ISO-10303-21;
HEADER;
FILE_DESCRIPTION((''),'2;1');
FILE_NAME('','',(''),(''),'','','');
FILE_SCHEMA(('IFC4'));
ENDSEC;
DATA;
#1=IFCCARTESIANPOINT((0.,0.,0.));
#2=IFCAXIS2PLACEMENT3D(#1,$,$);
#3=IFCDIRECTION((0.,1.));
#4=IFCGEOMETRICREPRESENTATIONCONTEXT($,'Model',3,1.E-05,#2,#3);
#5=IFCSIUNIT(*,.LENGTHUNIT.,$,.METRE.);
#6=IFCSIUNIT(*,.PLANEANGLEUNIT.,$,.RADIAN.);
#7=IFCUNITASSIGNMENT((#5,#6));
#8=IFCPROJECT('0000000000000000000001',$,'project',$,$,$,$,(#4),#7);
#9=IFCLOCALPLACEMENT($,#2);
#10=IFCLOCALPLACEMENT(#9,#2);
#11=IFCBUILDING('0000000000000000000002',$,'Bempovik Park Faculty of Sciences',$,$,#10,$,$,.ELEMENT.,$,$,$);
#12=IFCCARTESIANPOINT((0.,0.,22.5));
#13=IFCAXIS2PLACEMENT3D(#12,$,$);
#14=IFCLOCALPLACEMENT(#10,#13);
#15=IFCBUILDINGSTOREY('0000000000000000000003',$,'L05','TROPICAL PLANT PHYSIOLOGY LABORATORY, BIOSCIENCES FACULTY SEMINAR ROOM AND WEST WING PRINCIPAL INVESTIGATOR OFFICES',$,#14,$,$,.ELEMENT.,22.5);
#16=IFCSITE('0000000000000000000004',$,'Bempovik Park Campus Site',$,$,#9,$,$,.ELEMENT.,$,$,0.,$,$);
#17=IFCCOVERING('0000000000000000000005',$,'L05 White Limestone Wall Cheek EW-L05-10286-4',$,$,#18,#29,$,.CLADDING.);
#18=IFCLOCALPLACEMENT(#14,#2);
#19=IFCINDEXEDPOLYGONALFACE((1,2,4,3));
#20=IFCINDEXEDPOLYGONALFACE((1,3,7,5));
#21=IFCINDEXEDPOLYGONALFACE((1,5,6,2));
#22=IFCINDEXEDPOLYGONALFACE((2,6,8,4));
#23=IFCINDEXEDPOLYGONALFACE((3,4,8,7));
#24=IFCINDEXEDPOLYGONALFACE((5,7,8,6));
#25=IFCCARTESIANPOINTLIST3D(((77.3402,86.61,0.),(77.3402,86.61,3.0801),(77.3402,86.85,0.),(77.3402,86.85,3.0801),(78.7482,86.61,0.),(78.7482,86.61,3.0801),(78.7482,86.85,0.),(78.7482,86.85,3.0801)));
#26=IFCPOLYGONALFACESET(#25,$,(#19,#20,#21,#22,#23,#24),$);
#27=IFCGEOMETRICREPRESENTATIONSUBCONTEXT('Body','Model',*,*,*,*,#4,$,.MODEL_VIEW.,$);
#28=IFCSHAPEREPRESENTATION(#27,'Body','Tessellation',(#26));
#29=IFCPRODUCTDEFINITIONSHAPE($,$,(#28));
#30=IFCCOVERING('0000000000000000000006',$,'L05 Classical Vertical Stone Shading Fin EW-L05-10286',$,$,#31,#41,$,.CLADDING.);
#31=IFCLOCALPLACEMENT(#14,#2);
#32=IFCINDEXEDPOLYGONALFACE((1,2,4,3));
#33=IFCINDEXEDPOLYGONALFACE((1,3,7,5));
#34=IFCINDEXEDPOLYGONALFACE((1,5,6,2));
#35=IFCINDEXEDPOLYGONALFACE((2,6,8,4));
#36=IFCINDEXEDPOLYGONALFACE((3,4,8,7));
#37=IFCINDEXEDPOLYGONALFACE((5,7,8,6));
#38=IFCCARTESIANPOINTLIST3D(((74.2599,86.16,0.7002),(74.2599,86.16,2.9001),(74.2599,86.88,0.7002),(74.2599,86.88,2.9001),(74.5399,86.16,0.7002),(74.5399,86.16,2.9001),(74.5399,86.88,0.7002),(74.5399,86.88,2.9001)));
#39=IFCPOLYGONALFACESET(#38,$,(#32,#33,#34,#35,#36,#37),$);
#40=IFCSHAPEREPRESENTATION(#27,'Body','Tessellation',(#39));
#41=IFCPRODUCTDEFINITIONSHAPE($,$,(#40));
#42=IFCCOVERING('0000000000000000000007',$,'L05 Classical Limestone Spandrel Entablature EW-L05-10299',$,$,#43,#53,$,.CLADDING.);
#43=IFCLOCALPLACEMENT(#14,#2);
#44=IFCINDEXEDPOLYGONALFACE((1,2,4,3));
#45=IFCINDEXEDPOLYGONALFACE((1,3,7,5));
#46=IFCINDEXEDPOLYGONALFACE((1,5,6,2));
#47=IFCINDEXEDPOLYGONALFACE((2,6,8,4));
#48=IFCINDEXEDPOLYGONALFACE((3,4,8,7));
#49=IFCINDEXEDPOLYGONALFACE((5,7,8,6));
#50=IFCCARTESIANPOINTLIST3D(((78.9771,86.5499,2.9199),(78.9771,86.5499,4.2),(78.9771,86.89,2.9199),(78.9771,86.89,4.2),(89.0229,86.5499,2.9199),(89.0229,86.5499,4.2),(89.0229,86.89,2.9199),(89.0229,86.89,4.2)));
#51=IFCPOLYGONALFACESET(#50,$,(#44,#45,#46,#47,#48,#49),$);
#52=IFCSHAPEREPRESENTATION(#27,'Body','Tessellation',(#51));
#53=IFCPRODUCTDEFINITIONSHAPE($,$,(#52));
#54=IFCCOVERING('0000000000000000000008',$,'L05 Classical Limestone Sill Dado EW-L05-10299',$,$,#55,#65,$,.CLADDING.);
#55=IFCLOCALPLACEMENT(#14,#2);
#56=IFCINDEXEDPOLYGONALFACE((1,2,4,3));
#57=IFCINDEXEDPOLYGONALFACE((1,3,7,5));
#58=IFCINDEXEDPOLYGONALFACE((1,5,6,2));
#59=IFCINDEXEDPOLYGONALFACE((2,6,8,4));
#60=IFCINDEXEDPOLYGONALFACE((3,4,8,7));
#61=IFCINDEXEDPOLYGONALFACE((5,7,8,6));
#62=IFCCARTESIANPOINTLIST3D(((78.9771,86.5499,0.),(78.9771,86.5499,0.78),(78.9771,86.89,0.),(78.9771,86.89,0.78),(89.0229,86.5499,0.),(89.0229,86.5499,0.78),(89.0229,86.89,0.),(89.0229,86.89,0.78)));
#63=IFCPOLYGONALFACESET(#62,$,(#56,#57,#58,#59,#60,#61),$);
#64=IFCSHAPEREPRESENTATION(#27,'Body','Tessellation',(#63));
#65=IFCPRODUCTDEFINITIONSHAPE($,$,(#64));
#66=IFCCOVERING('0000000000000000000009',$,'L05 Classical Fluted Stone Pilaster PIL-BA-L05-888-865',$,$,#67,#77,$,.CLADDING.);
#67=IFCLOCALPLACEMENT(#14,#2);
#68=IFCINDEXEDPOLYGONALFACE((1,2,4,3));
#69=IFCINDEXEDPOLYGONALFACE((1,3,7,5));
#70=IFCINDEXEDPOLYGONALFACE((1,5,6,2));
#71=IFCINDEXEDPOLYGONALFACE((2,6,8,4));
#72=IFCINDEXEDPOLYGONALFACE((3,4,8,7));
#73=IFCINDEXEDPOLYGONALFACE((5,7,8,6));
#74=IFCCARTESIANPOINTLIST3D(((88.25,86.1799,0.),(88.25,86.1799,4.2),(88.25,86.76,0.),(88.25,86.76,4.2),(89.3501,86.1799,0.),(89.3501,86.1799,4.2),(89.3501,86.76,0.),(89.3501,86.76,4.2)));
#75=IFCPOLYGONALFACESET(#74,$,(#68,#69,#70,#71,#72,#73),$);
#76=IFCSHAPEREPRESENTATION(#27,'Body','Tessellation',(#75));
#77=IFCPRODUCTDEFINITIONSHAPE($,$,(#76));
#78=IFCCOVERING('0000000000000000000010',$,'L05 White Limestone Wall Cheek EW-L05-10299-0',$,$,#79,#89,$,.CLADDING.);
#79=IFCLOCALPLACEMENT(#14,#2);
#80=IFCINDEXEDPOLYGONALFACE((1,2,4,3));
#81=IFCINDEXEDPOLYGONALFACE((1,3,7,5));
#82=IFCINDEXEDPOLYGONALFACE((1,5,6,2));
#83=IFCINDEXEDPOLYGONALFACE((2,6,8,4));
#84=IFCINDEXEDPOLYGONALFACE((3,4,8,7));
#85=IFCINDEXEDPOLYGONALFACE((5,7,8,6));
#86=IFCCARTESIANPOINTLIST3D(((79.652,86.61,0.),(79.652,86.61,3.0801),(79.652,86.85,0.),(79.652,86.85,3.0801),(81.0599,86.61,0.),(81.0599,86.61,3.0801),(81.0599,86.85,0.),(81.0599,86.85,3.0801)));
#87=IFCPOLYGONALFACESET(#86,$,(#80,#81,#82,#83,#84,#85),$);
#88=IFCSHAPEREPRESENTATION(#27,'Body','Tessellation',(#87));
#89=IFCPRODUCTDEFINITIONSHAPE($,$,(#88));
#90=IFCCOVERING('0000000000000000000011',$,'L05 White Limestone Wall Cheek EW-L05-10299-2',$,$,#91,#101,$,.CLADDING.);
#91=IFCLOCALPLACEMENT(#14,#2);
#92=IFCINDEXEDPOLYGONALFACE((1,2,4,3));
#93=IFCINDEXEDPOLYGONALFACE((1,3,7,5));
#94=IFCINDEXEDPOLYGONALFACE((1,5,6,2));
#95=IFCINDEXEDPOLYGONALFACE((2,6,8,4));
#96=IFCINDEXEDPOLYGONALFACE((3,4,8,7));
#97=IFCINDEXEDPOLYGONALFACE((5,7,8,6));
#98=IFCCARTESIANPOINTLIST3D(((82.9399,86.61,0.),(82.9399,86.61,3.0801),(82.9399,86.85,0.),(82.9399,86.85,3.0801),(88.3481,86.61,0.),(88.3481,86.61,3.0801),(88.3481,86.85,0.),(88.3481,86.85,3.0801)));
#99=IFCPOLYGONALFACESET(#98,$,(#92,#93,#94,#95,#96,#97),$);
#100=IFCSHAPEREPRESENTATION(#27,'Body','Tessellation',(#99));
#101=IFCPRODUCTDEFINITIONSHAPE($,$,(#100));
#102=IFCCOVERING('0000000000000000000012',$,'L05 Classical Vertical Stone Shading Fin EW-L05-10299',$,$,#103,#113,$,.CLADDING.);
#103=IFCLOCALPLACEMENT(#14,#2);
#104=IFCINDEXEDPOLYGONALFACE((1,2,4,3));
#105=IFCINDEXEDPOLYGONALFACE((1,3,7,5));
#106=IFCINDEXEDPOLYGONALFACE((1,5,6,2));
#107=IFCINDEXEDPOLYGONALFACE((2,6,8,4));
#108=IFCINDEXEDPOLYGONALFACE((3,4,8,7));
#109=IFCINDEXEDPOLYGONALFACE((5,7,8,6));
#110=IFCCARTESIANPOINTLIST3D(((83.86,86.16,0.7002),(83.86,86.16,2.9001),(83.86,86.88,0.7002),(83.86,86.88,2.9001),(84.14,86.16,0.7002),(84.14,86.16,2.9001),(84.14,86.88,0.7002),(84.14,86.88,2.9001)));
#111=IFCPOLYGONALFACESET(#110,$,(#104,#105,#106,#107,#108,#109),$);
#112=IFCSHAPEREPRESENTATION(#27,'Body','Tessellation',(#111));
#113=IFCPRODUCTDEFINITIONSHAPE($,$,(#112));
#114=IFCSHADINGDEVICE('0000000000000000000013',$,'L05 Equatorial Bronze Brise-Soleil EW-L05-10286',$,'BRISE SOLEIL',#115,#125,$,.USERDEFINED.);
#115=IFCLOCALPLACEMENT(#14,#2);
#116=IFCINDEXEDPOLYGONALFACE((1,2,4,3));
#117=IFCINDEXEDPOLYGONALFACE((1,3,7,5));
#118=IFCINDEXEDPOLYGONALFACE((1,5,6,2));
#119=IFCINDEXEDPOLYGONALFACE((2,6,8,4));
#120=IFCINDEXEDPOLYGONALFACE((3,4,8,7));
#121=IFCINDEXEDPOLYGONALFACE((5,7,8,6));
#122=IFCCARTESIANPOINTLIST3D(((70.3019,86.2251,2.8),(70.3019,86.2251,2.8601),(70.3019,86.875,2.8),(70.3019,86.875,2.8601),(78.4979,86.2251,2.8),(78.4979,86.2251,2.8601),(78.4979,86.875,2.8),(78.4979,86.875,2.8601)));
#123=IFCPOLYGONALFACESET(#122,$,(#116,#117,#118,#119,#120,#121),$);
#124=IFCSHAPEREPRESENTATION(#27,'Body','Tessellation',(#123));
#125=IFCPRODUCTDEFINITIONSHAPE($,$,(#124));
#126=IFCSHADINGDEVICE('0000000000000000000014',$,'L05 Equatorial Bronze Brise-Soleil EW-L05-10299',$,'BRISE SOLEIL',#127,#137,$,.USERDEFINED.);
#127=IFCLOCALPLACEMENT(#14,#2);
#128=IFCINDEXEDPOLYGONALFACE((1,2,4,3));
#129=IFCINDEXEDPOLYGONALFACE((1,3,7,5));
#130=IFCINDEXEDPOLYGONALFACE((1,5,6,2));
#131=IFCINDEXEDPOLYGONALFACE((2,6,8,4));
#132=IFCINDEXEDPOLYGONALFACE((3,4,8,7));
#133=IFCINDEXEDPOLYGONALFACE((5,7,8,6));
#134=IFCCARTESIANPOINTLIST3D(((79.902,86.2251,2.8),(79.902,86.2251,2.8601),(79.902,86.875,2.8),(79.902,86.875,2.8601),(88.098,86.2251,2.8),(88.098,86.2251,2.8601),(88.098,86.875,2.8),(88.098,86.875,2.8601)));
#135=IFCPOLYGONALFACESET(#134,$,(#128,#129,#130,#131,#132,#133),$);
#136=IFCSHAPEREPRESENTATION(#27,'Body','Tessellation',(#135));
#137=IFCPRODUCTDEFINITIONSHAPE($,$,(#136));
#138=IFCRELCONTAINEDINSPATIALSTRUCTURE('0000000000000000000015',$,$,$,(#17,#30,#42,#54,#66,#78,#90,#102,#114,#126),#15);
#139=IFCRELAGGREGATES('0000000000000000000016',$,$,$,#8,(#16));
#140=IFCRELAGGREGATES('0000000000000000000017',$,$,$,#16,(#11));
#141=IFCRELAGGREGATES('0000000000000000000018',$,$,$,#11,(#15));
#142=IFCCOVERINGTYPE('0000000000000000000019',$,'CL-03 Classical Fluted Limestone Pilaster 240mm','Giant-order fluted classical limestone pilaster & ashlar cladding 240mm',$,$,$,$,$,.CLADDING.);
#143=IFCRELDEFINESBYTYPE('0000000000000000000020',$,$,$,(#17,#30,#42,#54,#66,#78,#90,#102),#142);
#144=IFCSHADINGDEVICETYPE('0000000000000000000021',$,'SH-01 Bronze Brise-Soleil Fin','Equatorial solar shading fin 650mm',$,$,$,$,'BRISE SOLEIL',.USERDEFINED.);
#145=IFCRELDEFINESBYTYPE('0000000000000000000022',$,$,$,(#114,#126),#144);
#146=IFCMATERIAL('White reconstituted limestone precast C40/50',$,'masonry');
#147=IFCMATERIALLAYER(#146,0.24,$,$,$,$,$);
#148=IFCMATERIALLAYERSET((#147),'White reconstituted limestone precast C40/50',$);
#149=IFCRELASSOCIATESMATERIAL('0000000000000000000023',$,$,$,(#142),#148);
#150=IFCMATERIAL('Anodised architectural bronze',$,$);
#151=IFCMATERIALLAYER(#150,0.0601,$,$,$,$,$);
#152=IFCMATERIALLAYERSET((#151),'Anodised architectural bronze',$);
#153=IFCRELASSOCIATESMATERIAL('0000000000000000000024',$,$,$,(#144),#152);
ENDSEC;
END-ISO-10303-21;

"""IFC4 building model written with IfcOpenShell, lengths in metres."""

from ifc_helpers import new_model, si_unit, direction, frame, origin, origin_2d, place, context, subcontext, project, spatial, rectangle, extrude, material, layer, layer_set, type_object, element, save


model = new_model("IFC4")

# Units and contexts
model_context = context("Model", 3, precision=1e-05, world=origin(), true_north=direction((0.0, 1.0)))
body_context = subcontext(model_context, "Body", "Model", "MODEL_VIEW")
ifc_project = project(units=[si_unit("LENGTHUNIT", "METRE"), si_unit("PLANEANGLEUNIT", "RADIAN")], contexts=[model_context])

# Site, building, storey
site_placement = place(None, origin())
site = spatial("IfcSite", under=ifc_project, at=site_placement, Name="Bempovik Park Campus Site", CompositionType="ELEMENT", RefElevation=0.0)
building_placement = place(site_placement, origin())
building = spatial("IfcBuilding", under=site, at=building_placement, Name="Bempovik Park Faculty of Sciences", CompositionType="ELEMENT")
storey_placement = place(building_placement, frame((0.0, 0.0, 22.5)))
storey = spatial("IfcBuildingStorey", under=building, at=storey_placement, Name="L05", Description="TROPICAL PLANT PHYSIOLOGY LABORATORY, BIOSCIENCES FACULTY SEMINAR ROOM AND WEST WING PRINCIPAL INVESTIGATOR OFFICES", CompositionType="ELEMENT", Elevation=22.5)

# Coverings
ifc_material_1 = material(Name="White reconstituted limestone precast C40/50", Category="masonry")
ifc_layer_1 = layer(ifc_material_1, 0.24)
ifc_layer_set_1 = layer_set([ifc_layer_1], Name="White reconstituted limestone precast C40/50")
covering_type_1 = type_object("IfcCoveringType", Name="CL-03 Classical Fluted Limestone Pilaster 240mm", Description="Giant-order fluted classical limestone pilaster & ashlar cladding 240mm", PredefinedType="CLADDING", material=ifc_layer_set_1)
covering_1_placement = place(storey_placement, frame((78.0442, 86.73, 0.0), z_axis=(0.0, 0.0, 1.0), x_axis=(1.0, 0.0, 0.0)))
element("IfcCovering", 1, at=covering_1_placement, inside=storey, type_object=covering_type_1, Name="L05 White Limestone Wall Cheek EW-L05-10286-4", PredefinedType="CLADDING", context=body_context, shape_type="SweptSolid", body=[
    extrude(rectangle(XDim=1.408, YDim=0.24, at=origin_2d()), origin(), (0.0, 0.0, 1.0), 3.0801),
])
covering_2_placement = place(storey_placement, frame((74.3999, 86.52, 0.7002), z_axis=(0.0, 0.0, 1.0), x_axis=(1.0, 0.0, 0.0)))
element("IfcCovering", 2, at=covering_2_placement, inside=storey, type_object=covering_type_1, Name="L05 Classical Vertical Stone Shading Fin EW-L05-10286", PredefinedType="CLADDING", context=body_context, shape_type="SweptSolid", body=[
    extrude(rectangle(XDim=0.28, YDim=0.72, at=origin_2d()), origin(), (0.0, 0.0, 1.0), 2.2),
])
covering_3_placement = place(storey_placement, frame((84.0, 86.72, 2.9199), z_axis=(0.0, 0.0, 1.0), x_axis=(1.0, 0.0, 0.0)))
element("IfcCovering", 3, at=covering_3_placement, inside=storey, type_object=covering_type_1, Name="L05 Classical Limestone Spandrel Entablature EW-L05-10299", PredefinedType="CLADDING", context=body_context, shape_type="SweptSolid", body=[
    extrude(rectangle(XDim=10.0459, YDim=0.3401, at=origin_2d()), origin(), (0.0, 0.0, 1.0), 1.28),
])
covering_4_placement = place(storey_placement, frame((84.0, 86.72, 0.0), z_axis=(0.0, 0.0, 1.0), x_axis=(1.0, 0.0, 0.0)))
element("IfcCovering", 4, at=covering_4_placement, inside=storey, type_object=covering_type_1, Name="L05 Classical Limestone Sill Dado EW-L05-10299", PredefinedType="CLADDING", context=body_context, shape_type="SweptSolid", body=[
    extrude(rectangle(XDim=10.0459, YDim=0.3401, at=origin_2d()), origin(), (0.0, 0.0, 1.0), 0.78),
])
covering_5_placement = place(storey_placement, frame((88.8, 86.47, 0.0), z_axis=(0.0, 0.0, 1.0), x_axis=(1.0, 0.0, 0.0)))
element("IfcCovering", 5, at=covering_5_placement, inside=storey, type_object=covering_type_1, Name="L05 Classical Fluted Stone Pilaster PIL-BA-L05-888-865", PredefinedType="CLADDING", context=body_context, shape_type="SweptSolid", body=[
    extrude(rectangle(XDim=1.1001, YDim=0.5801, at=origin_2d()), origin(), (0.0, 0.0, 1.0), 4.2),
])
covering_6_placement = place(storey_placement, frame((80.356, 86.73, 0.0), z_axis=(0.0, 0.0, 1.0), x_axis=(1.0, 0.0, 0.0)))
element("IfcCovering", 6, at=covering_6_placement, inside=storey, type_object=covering_type_1, Name="L05 White Limestone Wall Cheek EW-L05-10299-0", PredefinedType="CLADDING", context=body_context, shape_type="SweptSolid", body=[
    extrude(rectangle(XDim=1.408, YDim=0.24, at=origin_2d()), origin(), (0.0, 0.0, 1.0), 3.0801),
])
covering_7_placement = place(storey_placement, frame((85.644, 86.73, 0.0), z_axis=(0.0, 0.0, 1.0), x_axis=(1.0, 0.0, 0.0)))
element("IfcCovering", 7, at=covering_7_placement, inside=storey, type_object=covering_type_1, Name="L05 White Limestone Wall Cheek EW-L05-10299-2", PredefinedType="CLADDING", context=body_context, shape_type="SweptSolid", body=[
    extrude(rectangle(XDim=5.4082, YDim=0.24, at=origin_2d()), origin(), (0.0, 0.0, 1.0), 3.0801),
])
covering_8_placement = place(storey_placement, frame((84.0, 86.52, 0.7002), z_axis=(0.0, 0.0, 1.0), x_axis=(1.0, 0.0, 0.0)))
element("IfcCovering", 8, at=covering_8_placement, inside=storey, type_object=covering_type_1, Name="L05 Classical Vertical Stone Shading Fin EW-L05-10299", PredefinedType="CLADDING", context=body_context, shape_type="SweptSolid", body=[
    extrude(rectangle(XDim=0.28, YDim=0.72, at=origin_2d()), origin(), (0.0, 0.0, 1.0), 2.2),
])

# Shading devices
ifc_material_2 = material(Name="Anodised architectural bronze")
ifc_layer_2 = layer(ifc_material_2, 0.0601)
ifc_layer_set_2 = layer_set([ifc_layer_2], Name="Anodised architectural bronze")
shading_device_type = type_object("IfcShadingDeviceType", Name="SH-01 Bronze Brise-Soleil Fin", Description="Equatorial solar shading fin 650mm", ElementType="BRISE SOLEIL", PredefinedType="USERDEFINED", material=ifc_layer_set_2)
for number, where, z_axis, x_axis, name in (
    (9, (74.3999, 86.55, 2.8), (0.0, 0.0, 1.0), (1.0, 0.0, 0.0), "L05 Equatorial Bronze Brise-Soleil EW-L05-10286"),
    (10, (84.0, 86.55, 2.8), (0.0, 0.0, 1.0), (1.0, 0.0, 0.0), "L05 Equatorial Bronze Brise-Soleil EW-L05-10299"),
):
    element("IfcShadingDevice", number, at=place(storey_placement, frame(where, z_axis=z_axis, x_axis=x_axis)), inside=storey, type_object=shading_device_type, Name=name, ObjectType="BRISE SOLEIL", PredefinedType="USERDEFINED", context=body_context, shape_type="SweptSolid", body=[
        extrude(rectangle(XDim=8.196, YDim=0.6499, at=origin_2d()), origin(), (0.0, 0.0, 1.0), 0.0601),
    ])

save(model, "model.ifc")
